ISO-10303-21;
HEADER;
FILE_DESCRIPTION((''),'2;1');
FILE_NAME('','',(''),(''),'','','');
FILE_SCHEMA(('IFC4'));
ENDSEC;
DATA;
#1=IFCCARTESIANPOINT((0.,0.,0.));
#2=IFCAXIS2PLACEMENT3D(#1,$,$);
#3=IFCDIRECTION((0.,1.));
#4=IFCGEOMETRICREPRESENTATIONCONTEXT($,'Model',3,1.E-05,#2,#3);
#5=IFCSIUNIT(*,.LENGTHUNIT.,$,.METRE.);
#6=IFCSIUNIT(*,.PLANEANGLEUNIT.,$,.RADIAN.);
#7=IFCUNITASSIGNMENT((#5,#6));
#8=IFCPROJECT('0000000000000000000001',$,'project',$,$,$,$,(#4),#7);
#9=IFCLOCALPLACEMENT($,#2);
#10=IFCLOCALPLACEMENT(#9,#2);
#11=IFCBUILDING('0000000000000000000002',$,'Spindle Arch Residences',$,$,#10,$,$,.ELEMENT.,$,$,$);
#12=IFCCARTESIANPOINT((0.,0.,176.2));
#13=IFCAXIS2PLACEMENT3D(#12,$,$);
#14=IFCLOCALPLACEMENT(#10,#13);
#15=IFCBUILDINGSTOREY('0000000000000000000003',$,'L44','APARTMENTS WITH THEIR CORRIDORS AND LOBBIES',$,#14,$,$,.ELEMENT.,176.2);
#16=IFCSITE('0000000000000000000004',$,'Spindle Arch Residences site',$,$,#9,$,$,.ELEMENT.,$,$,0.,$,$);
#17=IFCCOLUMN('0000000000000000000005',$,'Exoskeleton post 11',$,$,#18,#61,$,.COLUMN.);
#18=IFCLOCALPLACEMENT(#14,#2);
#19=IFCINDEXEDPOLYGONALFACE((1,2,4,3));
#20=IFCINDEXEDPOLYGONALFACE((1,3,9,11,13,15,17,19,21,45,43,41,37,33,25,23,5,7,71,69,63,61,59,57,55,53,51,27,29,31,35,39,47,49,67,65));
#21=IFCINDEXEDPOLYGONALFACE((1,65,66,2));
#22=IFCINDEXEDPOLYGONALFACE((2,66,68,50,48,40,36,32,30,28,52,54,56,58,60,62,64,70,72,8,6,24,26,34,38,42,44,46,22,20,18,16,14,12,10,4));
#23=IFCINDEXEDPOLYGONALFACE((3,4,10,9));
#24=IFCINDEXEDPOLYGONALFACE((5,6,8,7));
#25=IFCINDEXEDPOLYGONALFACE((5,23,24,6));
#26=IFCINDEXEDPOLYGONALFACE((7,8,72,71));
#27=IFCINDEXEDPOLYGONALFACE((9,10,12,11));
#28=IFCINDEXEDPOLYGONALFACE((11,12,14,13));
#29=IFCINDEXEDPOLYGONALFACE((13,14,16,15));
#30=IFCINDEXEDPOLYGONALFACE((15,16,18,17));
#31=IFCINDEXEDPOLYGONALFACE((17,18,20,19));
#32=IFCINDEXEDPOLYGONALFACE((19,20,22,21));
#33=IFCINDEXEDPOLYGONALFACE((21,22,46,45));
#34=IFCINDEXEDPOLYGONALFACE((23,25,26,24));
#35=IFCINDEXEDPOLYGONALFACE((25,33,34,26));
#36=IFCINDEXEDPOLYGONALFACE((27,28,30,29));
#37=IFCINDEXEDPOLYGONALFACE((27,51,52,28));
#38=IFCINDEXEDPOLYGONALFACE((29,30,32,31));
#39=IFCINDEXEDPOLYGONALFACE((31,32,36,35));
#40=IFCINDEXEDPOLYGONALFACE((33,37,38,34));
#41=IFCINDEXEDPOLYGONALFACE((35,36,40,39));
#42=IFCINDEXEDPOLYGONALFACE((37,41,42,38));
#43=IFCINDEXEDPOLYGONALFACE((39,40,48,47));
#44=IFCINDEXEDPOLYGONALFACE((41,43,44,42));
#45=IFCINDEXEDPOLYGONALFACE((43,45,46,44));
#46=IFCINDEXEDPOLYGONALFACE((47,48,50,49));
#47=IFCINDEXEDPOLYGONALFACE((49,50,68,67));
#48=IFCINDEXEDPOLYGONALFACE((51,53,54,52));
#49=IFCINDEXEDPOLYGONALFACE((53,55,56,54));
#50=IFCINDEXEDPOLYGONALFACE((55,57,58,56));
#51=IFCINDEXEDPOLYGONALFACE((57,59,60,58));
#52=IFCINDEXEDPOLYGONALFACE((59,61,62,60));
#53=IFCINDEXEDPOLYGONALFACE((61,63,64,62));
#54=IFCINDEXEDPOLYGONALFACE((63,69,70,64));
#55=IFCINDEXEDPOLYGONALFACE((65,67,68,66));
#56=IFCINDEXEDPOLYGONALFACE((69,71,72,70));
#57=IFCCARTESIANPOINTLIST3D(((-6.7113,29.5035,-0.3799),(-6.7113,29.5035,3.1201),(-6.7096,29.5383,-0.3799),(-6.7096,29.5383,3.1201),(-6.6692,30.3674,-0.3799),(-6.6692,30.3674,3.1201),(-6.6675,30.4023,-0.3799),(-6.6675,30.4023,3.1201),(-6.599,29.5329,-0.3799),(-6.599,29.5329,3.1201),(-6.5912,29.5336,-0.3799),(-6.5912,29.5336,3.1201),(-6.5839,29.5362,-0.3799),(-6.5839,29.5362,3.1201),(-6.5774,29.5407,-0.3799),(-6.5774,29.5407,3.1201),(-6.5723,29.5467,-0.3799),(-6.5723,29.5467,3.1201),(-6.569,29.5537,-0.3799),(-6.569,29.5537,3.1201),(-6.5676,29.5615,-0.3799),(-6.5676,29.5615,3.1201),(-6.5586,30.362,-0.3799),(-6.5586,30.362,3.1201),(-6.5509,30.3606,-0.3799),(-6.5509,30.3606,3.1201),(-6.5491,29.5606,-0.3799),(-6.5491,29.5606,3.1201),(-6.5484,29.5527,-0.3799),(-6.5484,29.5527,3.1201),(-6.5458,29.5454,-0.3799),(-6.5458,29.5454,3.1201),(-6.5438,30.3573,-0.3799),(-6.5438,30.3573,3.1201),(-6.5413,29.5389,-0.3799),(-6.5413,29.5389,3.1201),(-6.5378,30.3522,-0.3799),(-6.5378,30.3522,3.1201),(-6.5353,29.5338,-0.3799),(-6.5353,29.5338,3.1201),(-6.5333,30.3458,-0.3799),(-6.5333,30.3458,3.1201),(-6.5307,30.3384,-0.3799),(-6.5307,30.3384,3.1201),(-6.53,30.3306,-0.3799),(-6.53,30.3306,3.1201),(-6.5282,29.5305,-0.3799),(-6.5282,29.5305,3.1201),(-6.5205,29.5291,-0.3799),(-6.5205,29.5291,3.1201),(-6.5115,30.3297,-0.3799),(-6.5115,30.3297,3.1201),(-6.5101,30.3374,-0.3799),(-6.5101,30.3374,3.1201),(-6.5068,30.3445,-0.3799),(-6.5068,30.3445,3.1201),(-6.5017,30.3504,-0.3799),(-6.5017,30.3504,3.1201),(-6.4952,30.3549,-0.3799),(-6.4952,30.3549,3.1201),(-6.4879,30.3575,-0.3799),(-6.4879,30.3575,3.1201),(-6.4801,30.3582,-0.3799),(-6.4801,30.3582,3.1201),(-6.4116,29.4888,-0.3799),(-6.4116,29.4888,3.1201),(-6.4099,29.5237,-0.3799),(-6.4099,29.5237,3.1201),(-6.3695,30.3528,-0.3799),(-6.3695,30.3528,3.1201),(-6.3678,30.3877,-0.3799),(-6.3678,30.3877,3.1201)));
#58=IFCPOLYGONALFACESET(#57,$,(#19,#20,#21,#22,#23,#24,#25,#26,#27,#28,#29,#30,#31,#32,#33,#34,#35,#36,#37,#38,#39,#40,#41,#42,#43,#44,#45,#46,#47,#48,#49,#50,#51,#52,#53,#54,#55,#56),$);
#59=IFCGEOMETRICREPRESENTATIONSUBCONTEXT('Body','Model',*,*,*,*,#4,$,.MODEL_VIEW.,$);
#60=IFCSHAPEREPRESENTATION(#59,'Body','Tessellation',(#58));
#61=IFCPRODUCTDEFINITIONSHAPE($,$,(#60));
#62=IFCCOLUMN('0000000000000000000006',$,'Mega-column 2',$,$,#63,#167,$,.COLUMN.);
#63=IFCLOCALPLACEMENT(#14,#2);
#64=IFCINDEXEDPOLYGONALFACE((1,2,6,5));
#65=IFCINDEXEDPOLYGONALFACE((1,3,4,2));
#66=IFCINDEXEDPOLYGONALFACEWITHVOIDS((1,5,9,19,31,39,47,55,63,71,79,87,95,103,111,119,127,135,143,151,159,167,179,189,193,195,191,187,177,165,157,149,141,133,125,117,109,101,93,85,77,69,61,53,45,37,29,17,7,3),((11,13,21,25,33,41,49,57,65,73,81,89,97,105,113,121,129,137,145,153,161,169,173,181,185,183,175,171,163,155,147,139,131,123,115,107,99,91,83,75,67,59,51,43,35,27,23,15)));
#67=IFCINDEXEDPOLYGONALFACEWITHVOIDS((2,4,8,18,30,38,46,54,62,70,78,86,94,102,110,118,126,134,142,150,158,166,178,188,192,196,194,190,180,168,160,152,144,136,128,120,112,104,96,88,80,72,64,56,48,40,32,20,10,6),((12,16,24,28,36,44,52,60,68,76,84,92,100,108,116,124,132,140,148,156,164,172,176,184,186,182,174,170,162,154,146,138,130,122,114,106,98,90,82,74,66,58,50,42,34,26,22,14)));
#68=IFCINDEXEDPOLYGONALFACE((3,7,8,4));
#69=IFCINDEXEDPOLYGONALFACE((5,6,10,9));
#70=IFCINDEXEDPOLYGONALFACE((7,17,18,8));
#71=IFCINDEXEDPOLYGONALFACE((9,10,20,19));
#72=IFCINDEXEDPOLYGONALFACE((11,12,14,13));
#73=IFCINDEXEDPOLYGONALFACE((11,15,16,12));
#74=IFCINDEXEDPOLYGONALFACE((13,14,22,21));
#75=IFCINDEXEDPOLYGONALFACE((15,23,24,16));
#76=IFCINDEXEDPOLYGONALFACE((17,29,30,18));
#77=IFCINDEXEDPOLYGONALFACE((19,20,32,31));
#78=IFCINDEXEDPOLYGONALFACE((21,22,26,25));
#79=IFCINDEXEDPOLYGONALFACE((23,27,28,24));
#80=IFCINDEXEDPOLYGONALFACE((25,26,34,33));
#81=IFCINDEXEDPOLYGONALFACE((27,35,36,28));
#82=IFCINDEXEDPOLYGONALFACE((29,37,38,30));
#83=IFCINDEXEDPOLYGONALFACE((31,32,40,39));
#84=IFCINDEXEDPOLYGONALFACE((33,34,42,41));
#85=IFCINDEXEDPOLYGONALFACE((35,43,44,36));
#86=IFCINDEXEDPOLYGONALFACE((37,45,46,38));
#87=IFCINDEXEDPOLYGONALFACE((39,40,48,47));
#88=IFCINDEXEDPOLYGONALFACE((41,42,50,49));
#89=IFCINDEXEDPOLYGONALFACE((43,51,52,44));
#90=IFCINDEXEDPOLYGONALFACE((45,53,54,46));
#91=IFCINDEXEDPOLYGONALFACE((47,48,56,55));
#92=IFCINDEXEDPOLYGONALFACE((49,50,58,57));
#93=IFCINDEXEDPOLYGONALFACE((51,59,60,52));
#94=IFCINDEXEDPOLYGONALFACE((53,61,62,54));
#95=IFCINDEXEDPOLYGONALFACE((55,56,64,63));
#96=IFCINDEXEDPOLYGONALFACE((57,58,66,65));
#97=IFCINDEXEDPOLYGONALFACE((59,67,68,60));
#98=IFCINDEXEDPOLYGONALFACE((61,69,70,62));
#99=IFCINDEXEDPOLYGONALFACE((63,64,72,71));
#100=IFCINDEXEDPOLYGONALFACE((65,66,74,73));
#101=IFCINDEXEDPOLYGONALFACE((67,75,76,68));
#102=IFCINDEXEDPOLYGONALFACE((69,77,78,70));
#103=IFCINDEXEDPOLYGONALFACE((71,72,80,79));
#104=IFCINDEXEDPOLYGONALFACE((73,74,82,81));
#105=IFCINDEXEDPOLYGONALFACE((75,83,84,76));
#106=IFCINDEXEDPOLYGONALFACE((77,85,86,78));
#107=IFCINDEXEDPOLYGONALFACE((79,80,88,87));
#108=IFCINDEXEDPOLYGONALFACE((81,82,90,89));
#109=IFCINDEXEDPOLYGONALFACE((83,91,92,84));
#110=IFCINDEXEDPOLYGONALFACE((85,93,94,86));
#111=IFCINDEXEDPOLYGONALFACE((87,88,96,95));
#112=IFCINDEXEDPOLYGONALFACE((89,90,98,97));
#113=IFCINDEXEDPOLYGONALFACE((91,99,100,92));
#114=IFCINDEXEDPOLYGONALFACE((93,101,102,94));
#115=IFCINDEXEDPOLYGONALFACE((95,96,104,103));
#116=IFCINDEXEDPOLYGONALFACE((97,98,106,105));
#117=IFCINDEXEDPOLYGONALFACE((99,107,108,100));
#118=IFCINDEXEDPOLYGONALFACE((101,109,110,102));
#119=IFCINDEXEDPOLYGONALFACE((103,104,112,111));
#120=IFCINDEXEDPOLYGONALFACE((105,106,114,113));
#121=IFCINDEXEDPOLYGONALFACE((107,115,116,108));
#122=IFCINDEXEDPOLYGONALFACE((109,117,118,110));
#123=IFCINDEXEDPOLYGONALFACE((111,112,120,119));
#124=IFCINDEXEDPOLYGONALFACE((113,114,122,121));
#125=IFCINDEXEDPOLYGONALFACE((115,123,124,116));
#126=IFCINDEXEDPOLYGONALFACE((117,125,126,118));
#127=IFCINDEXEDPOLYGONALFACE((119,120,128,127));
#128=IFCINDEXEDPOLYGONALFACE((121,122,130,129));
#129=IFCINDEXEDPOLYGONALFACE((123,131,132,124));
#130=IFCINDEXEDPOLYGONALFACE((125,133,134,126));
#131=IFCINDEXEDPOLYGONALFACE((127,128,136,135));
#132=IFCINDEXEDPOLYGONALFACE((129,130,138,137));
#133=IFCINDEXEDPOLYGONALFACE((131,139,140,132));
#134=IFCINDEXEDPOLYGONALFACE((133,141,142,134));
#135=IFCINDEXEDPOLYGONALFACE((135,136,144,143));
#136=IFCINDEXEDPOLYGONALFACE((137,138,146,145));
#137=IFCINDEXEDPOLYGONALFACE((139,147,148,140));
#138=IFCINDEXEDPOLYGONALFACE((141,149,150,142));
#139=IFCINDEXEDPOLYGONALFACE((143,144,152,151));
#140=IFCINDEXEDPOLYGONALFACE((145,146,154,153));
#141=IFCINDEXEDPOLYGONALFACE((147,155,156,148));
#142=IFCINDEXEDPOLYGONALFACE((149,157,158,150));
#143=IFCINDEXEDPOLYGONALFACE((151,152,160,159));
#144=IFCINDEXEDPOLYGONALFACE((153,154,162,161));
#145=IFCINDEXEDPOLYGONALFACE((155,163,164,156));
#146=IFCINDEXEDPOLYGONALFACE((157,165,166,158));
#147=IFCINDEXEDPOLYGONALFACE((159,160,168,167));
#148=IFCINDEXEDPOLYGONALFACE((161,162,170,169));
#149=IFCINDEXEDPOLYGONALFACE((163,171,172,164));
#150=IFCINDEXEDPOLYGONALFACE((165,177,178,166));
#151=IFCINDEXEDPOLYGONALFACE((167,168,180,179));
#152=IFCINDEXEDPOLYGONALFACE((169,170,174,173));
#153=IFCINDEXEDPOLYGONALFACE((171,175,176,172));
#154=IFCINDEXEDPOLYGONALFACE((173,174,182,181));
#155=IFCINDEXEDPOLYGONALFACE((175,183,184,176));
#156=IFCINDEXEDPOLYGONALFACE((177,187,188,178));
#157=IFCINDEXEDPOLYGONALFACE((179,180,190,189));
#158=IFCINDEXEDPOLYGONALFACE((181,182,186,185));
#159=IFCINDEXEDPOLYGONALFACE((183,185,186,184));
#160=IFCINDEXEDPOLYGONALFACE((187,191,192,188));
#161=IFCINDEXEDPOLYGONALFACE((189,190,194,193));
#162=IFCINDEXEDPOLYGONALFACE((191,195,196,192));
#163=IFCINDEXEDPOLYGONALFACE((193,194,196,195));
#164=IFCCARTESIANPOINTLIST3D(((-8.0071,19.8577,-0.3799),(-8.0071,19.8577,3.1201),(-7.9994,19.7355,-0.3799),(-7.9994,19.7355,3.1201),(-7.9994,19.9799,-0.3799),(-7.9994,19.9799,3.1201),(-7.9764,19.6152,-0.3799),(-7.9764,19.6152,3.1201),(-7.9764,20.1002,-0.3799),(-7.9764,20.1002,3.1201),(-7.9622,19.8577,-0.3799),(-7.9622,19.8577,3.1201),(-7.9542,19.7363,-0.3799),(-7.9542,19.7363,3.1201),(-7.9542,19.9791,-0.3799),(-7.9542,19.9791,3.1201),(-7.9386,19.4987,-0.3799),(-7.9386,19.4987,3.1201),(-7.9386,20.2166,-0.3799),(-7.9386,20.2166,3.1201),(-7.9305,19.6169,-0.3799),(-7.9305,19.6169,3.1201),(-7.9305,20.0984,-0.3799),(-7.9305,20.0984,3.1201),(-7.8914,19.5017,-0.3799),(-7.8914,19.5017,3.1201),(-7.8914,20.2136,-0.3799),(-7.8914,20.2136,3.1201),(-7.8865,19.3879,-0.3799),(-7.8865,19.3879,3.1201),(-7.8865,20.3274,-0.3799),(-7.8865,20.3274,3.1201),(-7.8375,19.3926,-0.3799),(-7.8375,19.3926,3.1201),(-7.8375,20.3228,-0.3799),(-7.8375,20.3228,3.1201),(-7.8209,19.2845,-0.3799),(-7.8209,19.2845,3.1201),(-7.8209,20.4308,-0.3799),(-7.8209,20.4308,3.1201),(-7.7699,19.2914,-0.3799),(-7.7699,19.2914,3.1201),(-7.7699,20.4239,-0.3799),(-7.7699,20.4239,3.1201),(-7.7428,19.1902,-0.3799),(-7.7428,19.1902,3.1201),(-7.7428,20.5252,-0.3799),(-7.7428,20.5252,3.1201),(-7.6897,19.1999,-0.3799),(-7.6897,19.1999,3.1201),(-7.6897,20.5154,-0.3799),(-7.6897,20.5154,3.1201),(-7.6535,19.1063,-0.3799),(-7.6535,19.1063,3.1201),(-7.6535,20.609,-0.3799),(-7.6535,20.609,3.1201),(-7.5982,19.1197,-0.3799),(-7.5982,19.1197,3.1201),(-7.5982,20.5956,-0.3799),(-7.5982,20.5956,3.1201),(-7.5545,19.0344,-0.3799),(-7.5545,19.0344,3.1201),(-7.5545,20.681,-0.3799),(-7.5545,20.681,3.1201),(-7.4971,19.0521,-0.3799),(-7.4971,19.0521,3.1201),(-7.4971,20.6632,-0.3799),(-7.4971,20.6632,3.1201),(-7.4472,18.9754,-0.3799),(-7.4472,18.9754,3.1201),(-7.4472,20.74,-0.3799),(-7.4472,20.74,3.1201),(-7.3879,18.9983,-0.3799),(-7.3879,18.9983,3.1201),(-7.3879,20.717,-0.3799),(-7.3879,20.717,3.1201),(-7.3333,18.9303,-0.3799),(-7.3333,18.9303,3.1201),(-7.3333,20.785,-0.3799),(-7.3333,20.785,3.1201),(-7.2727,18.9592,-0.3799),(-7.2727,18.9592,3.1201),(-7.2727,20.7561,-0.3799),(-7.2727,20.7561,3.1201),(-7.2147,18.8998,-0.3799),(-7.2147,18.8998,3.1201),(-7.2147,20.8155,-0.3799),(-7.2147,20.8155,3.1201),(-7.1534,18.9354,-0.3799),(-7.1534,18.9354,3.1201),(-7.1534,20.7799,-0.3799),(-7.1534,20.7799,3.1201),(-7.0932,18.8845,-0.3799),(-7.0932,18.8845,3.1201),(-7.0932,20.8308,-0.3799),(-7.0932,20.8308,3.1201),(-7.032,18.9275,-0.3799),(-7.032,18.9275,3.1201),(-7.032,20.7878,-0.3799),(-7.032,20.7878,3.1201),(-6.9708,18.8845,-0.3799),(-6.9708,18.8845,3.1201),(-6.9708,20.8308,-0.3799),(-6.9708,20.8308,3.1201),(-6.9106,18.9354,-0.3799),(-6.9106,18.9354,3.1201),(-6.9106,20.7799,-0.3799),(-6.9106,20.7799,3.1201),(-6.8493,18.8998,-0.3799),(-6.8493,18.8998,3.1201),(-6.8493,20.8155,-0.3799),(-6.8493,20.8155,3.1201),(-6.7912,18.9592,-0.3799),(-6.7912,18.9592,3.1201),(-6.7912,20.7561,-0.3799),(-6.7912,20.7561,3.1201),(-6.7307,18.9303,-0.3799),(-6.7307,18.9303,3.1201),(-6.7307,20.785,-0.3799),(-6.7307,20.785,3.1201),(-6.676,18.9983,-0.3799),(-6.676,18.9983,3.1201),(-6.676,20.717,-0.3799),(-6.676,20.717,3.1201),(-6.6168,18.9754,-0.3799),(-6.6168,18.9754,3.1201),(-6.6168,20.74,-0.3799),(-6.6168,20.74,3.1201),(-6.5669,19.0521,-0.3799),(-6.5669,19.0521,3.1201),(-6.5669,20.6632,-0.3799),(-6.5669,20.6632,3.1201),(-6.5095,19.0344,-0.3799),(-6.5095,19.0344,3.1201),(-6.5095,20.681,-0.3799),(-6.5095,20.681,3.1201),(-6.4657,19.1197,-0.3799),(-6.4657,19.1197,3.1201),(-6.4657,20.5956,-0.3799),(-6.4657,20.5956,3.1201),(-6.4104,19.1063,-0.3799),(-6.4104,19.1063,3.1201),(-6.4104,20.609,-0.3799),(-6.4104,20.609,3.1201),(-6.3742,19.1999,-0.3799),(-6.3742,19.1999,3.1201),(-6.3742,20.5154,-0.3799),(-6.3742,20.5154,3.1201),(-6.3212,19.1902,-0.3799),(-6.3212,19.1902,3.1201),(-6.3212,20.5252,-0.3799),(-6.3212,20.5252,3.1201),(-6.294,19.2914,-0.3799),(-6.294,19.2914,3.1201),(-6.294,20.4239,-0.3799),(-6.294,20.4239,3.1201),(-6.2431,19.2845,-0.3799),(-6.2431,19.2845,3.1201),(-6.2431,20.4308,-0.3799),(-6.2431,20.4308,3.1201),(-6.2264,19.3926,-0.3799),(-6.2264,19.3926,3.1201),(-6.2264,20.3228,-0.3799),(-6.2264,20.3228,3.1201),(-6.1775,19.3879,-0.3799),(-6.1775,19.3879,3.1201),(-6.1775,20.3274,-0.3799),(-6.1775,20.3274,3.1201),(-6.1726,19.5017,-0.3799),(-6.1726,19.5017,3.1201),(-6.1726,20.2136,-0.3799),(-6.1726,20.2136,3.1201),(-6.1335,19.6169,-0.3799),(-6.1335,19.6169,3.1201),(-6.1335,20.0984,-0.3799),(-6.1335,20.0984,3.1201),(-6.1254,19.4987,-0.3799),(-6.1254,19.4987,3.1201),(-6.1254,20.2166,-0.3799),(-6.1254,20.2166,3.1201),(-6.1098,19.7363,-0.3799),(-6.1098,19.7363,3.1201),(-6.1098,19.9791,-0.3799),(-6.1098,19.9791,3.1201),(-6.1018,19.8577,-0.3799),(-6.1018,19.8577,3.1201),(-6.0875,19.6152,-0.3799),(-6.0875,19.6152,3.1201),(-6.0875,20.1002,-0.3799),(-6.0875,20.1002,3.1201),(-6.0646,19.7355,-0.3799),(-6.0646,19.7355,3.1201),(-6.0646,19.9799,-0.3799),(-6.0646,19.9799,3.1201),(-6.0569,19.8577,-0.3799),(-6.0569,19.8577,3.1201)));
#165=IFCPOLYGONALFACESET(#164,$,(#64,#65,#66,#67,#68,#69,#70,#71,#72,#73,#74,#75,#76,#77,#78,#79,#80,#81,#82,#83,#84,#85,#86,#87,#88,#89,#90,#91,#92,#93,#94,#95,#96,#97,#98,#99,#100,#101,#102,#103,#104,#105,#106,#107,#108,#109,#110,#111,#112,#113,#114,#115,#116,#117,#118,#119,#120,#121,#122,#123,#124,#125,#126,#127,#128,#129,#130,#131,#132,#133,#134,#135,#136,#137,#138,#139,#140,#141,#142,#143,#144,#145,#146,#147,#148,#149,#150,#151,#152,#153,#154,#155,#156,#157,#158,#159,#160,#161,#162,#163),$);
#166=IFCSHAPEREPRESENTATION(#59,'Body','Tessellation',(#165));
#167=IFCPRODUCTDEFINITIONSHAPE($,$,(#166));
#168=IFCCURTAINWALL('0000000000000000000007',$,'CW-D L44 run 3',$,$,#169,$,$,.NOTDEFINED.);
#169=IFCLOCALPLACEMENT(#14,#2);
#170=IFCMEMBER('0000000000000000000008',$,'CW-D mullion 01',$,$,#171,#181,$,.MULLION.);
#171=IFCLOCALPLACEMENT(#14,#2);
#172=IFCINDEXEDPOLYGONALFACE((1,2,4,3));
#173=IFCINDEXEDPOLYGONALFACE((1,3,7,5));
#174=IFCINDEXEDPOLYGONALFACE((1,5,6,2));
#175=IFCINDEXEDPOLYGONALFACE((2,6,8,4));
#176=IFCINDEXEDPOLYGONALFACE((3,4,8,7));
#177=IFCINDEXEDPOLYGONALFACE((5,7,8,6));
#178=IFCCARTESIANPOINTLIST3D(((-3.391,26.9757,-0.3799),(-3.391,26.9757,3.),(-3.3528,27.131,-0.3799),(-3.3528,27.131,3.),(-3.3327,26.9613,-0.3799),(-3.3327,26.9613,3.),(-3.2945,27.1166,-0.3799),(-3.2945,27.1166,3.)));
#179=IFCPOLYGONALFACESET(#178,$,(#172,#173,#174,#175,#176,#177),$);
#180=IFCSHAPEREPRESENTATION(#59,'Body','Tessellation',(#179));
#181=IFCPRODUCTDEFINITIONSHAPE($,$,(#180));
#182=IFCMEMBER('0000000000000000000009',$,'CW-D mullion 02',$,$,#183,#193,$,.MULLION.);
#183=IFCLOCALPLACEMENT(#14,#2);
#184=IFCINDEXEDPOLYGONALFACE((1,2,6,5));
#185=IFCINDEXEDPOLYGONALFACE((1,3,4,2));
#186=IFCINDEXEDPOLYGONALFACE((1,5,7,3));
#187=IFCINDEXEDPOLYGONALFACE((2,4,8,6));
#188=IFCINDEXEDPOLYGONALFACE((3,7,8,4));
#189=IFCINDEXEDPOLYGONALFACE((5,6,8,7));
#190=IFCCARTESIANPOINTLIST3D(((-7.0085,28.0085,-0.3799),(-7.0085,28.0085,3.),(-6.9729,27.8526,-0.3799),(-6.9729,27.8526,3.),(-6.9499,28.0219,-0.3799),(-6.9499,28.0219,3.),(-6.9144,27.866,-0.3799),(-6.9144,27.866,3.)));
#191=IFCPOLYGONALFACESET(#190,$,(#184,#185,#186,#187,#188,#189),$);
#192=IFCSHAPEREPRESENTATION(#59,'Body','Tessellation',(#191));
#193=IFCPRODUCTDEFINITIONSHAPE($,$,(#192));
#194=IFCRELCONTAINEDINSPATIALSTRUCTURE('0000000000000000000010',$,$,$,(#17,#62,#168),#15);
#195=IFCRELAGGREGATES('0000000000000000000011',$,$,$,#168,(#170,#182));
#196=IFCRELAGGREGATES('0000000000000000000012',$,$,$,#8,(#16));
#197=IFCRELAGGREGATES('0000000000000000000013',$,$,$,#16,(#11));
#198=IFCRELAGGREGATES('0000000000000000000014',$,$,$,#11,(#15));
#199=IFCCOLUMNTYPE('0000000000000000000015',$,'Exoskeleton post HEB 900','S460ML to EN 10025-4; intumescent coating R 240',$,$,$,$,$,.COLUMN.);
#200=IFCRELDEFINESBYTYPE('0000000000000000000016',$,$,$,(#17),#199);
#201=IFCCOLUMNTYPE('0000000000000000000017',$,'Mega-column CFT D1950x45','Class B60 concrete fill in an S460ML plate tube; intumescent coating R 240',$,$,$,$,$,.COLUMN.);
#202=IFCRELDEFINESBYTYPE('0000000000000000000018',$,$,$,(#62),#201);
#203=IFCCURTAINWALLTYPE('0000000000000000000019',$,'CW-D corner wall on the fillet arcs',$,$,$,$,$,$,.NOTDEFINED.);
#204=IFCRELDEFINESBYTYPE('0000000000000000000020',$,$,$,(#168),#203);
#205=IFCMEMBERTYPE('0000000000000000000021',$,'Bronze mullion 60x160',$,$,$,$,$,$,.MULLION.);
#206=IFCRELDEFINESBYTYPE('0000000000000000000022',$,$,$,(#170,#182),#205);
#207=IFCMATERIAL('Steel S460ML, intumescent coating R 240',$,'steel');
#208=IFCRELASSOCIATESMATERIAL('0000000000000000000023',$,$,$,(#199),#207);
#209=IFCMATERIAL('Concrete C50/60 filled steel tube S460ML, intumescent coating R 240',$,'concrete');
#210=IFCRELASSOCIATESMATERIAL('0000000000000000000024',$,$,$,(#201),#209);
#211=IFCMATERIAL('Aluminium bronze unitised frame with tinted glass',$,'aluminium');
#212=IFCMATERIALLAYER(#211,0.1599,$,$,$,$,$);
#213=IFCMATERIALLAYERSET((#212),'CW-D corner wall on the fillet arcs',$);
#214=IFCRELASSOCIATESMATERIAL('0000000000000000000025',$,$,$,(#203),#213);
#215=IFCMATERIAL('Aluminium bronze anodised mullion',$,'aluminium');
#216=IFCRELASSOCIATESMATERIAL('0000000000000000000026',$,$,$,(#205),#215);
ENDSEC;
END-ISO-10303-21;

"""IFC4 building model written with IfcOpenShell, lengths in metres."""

from ifc_helpers import new_model, si_unit, direction, frame, origin, origin_2d, place, context, subcontext, project, spatial, rectangle, hollow_circle, i_section, extrude, material, layer, layer_set, material_profile, profile_set, type_object, element, aggregate, save


model = new_model("IFC4")

# Units and contexts
model_context = context("Model", 3, precision=1e-05, world=origin(), true_north=direction((0.0, 1.0)))
body_context = subcontext(model_context, "Body", "Model", "MODEL_VIEW")
ifc_project = project(units=[si_unit("LENGTHUNIT", "METRE"), si_unit("PLANEANGLEUNIT", "RADIAN")], contexts=[model_context])

# Site, building, storey
site_placement = place(None, origin())
site = spatial("IfcSite", under=ifc_project, at=site_placement, Name="Spindle Arch Residences site", CompositionType="ELEMENT", RefElevation=0.0)
building_placement = place(site_placement, origin())
building = spatial("IfcBuilding", under=site, at=building_placement, Name="Spindle Arch Residences", CompositionType="ELEMENT")
storey_placement = place(building_placement, frame((0.0, 0.0, 176.2)))
storey = spatial("IfcBuildingStorey", under=building, at=storey_placement, Name="L44", Description="APARTMENTS WITH THEIR CORRIDORS AND LOBBIES", CompositionType="ELEMENT", Elevation=176.2)

# Columns
ifc_material_1 = material(Name="Steel S460ML, intumescent coating R 240", Category="steel")
ifc_material_profile_1 = material_profile(ifc_material_1, i_section(OverallWidth=0.3, OverallDepth=0.8999, WebThickness=0.0186, FlangeThickness=0.0349, FilletRadius=0.03, at=origin_2d()), Name="HEB 900")
ifc_profile_set_1 = profile_set([ifc_material_profile_1], Name="Steel S460ML, intumescent coating R 240")
column_type_1 = type_object("IfcColumnType", Name="Exoskeleton post HEB 900", Description="S460ML to EN 10025-4; intumescent coating R 240", PredefinedType="COLUMN", material=ifc_profile_set_1)
column_1_placement = place(storey_placement, frame((-6.5396, 29.9456, -0.3799), z_axis=(0.0, 0.0, 1.0), x_axis=(0.998811, -0.048754, 0.0)))
element("IfcColumn", 1, at=column_1_placement, inside=storey, type_object=column_type_1, Name="Exoskeleton post 11", PredefinedType="COLUMN", context=body_context, shape_type="SweptSolid", body=[
    extrude(i_section(OverallWidth=0.3, OverallDepth=0.8999, WebThickness=0.0186, FlangeThickness=0.0349, FilletRadius=0.03, at=origin_2d()), origin(), (0.0, 0.0, 1.0), 3.5),
])
ifc_material_2 = material(Name="Concrete C50/60 filled steel tube S460ML, intumescent coating R 240", Category="concrete")
ifc_material_profile_2 = material_profile(ifc_material_2, hollow_circle(Radius=0.9751, WallThickness=0.0449, at=origin_2d()), Name="CFT D1950x45")
ifc_profile_set_2 = profile_set([ifc_material_profile_2], Name="Concrete C50/60 filled steel tube S460ML, intumescent coating R 240")
column_type_2 = type_object("IfcColumnType", Name="Mega-column CFT D1950x45", Description="Class B60 concrete fill in an S460ML plate tube; intumescent coating R 240", PredefinedType="COLUMN", material=ifc_profile_set_2)
column_2_placement = place(storey_placement, frame((-7.032, 19.8577, -0.3799), z_axis=(0.0, 0.0, 1.0), x_axis=(1.0, 0.0, 0.0)))
element("IfcColumn", 2, at=column_2_placement, inside=storey, type_object=column_type_2, Name="Mega-column 2", PredefinedType="COLUMN", context=body_context, shape_type="SweptSolid", body=[
    extrude(hollow_circle(Radius=0.9751, WallThickness=0.0449, at=origin_2d()), origin(), (0.0, 0.0, 1.0), 3.5),
])

# Curtain wall, members
ifc_material_3 = material(Name="Aluminium bronze unitised frame with tinted glass", Category="aluminium")
ifc_layer_1 = layer(ifc_material_3, 0.1599)
ifc_layer_set_1 = layer_set([ifc_layer_1], Name="CW-D corner wall on the fillet arcs")
curtain_wall_type = type_object("IfcCurtainWallType", Name="CW-D corner wall on the fillet arcs", PredefinedType="NOTDEFINED", material=ifc_layer_set_1)
curtain_wall_placement = place(storey_placement, origin())
curtain_wall = element("IfcCurtainWall", 3, at=curtain_wall_placement, inside=storey, type_object=curtain_wall_type, Name="CW-D L44 run 3", PredefinedType="NOTDEFINED")
ifc_material_4 = material(Name="Aluminium bronze anodised mullion", Category="aluminium")
ifc_material_profile_3 = material_profile(ifc_material_4, rectangle(XDim=0.1599, YDim=0.0601, at=origin_2d()), Name="MU 60x160")
ifc_profile_set_3 = profile_set([ifc_material_profile_3], Name="Aluminium bronze anodised mullion")
member_type_1 = type_object("IfcMemberType", Name="Bronze mullion 60x160", PredefinedType="MULLION", material=ifc_profile_set_3)
member_1_placement = place(storey_placement, frame((-3.3428, 27.0461, -0.3799), z_axis=(0.0, 0.0, 1.0), x_axis=(-0.239098, -0.970995, 0.0)))
member_1 = element("IfcMember", 4, at=member_1_placement, type_object=member_type_1, Name="CW-D mullion 01", PredefinedType="MULLION", context=body_context, shape_type="SweptSolid", body=[
    extrude(rectangle(XDim=0.1599, YDim=0.0601, at=origin_2d()), origin(), (0.0, 0.0, 1.0), 3.3799),
])
member_2_placement = place(storey_placement, frame((-6.9614, 27.9373, -0.3799), z_axis=(0.0, 0.0, 1.0), x_axis=(0.222116, -0.97502, 0.0)))
member_2 = element("IfcMember", 5, at=member_2_placement, type_object=member_type_1, Name="CW-D mullion 02", PredefinedType="MULLION", context=body_context, shape_type="SweptSolid", body=[
    extrude(rectangle(XDim=0.1599, YDim=0.0601, at=origin_2d()), origin(), (0.0, 0.0, 1.0), 3.3799),
])

aggregate(curtain_wall, [member_1, member_2])

save(model, "model.ifc")
